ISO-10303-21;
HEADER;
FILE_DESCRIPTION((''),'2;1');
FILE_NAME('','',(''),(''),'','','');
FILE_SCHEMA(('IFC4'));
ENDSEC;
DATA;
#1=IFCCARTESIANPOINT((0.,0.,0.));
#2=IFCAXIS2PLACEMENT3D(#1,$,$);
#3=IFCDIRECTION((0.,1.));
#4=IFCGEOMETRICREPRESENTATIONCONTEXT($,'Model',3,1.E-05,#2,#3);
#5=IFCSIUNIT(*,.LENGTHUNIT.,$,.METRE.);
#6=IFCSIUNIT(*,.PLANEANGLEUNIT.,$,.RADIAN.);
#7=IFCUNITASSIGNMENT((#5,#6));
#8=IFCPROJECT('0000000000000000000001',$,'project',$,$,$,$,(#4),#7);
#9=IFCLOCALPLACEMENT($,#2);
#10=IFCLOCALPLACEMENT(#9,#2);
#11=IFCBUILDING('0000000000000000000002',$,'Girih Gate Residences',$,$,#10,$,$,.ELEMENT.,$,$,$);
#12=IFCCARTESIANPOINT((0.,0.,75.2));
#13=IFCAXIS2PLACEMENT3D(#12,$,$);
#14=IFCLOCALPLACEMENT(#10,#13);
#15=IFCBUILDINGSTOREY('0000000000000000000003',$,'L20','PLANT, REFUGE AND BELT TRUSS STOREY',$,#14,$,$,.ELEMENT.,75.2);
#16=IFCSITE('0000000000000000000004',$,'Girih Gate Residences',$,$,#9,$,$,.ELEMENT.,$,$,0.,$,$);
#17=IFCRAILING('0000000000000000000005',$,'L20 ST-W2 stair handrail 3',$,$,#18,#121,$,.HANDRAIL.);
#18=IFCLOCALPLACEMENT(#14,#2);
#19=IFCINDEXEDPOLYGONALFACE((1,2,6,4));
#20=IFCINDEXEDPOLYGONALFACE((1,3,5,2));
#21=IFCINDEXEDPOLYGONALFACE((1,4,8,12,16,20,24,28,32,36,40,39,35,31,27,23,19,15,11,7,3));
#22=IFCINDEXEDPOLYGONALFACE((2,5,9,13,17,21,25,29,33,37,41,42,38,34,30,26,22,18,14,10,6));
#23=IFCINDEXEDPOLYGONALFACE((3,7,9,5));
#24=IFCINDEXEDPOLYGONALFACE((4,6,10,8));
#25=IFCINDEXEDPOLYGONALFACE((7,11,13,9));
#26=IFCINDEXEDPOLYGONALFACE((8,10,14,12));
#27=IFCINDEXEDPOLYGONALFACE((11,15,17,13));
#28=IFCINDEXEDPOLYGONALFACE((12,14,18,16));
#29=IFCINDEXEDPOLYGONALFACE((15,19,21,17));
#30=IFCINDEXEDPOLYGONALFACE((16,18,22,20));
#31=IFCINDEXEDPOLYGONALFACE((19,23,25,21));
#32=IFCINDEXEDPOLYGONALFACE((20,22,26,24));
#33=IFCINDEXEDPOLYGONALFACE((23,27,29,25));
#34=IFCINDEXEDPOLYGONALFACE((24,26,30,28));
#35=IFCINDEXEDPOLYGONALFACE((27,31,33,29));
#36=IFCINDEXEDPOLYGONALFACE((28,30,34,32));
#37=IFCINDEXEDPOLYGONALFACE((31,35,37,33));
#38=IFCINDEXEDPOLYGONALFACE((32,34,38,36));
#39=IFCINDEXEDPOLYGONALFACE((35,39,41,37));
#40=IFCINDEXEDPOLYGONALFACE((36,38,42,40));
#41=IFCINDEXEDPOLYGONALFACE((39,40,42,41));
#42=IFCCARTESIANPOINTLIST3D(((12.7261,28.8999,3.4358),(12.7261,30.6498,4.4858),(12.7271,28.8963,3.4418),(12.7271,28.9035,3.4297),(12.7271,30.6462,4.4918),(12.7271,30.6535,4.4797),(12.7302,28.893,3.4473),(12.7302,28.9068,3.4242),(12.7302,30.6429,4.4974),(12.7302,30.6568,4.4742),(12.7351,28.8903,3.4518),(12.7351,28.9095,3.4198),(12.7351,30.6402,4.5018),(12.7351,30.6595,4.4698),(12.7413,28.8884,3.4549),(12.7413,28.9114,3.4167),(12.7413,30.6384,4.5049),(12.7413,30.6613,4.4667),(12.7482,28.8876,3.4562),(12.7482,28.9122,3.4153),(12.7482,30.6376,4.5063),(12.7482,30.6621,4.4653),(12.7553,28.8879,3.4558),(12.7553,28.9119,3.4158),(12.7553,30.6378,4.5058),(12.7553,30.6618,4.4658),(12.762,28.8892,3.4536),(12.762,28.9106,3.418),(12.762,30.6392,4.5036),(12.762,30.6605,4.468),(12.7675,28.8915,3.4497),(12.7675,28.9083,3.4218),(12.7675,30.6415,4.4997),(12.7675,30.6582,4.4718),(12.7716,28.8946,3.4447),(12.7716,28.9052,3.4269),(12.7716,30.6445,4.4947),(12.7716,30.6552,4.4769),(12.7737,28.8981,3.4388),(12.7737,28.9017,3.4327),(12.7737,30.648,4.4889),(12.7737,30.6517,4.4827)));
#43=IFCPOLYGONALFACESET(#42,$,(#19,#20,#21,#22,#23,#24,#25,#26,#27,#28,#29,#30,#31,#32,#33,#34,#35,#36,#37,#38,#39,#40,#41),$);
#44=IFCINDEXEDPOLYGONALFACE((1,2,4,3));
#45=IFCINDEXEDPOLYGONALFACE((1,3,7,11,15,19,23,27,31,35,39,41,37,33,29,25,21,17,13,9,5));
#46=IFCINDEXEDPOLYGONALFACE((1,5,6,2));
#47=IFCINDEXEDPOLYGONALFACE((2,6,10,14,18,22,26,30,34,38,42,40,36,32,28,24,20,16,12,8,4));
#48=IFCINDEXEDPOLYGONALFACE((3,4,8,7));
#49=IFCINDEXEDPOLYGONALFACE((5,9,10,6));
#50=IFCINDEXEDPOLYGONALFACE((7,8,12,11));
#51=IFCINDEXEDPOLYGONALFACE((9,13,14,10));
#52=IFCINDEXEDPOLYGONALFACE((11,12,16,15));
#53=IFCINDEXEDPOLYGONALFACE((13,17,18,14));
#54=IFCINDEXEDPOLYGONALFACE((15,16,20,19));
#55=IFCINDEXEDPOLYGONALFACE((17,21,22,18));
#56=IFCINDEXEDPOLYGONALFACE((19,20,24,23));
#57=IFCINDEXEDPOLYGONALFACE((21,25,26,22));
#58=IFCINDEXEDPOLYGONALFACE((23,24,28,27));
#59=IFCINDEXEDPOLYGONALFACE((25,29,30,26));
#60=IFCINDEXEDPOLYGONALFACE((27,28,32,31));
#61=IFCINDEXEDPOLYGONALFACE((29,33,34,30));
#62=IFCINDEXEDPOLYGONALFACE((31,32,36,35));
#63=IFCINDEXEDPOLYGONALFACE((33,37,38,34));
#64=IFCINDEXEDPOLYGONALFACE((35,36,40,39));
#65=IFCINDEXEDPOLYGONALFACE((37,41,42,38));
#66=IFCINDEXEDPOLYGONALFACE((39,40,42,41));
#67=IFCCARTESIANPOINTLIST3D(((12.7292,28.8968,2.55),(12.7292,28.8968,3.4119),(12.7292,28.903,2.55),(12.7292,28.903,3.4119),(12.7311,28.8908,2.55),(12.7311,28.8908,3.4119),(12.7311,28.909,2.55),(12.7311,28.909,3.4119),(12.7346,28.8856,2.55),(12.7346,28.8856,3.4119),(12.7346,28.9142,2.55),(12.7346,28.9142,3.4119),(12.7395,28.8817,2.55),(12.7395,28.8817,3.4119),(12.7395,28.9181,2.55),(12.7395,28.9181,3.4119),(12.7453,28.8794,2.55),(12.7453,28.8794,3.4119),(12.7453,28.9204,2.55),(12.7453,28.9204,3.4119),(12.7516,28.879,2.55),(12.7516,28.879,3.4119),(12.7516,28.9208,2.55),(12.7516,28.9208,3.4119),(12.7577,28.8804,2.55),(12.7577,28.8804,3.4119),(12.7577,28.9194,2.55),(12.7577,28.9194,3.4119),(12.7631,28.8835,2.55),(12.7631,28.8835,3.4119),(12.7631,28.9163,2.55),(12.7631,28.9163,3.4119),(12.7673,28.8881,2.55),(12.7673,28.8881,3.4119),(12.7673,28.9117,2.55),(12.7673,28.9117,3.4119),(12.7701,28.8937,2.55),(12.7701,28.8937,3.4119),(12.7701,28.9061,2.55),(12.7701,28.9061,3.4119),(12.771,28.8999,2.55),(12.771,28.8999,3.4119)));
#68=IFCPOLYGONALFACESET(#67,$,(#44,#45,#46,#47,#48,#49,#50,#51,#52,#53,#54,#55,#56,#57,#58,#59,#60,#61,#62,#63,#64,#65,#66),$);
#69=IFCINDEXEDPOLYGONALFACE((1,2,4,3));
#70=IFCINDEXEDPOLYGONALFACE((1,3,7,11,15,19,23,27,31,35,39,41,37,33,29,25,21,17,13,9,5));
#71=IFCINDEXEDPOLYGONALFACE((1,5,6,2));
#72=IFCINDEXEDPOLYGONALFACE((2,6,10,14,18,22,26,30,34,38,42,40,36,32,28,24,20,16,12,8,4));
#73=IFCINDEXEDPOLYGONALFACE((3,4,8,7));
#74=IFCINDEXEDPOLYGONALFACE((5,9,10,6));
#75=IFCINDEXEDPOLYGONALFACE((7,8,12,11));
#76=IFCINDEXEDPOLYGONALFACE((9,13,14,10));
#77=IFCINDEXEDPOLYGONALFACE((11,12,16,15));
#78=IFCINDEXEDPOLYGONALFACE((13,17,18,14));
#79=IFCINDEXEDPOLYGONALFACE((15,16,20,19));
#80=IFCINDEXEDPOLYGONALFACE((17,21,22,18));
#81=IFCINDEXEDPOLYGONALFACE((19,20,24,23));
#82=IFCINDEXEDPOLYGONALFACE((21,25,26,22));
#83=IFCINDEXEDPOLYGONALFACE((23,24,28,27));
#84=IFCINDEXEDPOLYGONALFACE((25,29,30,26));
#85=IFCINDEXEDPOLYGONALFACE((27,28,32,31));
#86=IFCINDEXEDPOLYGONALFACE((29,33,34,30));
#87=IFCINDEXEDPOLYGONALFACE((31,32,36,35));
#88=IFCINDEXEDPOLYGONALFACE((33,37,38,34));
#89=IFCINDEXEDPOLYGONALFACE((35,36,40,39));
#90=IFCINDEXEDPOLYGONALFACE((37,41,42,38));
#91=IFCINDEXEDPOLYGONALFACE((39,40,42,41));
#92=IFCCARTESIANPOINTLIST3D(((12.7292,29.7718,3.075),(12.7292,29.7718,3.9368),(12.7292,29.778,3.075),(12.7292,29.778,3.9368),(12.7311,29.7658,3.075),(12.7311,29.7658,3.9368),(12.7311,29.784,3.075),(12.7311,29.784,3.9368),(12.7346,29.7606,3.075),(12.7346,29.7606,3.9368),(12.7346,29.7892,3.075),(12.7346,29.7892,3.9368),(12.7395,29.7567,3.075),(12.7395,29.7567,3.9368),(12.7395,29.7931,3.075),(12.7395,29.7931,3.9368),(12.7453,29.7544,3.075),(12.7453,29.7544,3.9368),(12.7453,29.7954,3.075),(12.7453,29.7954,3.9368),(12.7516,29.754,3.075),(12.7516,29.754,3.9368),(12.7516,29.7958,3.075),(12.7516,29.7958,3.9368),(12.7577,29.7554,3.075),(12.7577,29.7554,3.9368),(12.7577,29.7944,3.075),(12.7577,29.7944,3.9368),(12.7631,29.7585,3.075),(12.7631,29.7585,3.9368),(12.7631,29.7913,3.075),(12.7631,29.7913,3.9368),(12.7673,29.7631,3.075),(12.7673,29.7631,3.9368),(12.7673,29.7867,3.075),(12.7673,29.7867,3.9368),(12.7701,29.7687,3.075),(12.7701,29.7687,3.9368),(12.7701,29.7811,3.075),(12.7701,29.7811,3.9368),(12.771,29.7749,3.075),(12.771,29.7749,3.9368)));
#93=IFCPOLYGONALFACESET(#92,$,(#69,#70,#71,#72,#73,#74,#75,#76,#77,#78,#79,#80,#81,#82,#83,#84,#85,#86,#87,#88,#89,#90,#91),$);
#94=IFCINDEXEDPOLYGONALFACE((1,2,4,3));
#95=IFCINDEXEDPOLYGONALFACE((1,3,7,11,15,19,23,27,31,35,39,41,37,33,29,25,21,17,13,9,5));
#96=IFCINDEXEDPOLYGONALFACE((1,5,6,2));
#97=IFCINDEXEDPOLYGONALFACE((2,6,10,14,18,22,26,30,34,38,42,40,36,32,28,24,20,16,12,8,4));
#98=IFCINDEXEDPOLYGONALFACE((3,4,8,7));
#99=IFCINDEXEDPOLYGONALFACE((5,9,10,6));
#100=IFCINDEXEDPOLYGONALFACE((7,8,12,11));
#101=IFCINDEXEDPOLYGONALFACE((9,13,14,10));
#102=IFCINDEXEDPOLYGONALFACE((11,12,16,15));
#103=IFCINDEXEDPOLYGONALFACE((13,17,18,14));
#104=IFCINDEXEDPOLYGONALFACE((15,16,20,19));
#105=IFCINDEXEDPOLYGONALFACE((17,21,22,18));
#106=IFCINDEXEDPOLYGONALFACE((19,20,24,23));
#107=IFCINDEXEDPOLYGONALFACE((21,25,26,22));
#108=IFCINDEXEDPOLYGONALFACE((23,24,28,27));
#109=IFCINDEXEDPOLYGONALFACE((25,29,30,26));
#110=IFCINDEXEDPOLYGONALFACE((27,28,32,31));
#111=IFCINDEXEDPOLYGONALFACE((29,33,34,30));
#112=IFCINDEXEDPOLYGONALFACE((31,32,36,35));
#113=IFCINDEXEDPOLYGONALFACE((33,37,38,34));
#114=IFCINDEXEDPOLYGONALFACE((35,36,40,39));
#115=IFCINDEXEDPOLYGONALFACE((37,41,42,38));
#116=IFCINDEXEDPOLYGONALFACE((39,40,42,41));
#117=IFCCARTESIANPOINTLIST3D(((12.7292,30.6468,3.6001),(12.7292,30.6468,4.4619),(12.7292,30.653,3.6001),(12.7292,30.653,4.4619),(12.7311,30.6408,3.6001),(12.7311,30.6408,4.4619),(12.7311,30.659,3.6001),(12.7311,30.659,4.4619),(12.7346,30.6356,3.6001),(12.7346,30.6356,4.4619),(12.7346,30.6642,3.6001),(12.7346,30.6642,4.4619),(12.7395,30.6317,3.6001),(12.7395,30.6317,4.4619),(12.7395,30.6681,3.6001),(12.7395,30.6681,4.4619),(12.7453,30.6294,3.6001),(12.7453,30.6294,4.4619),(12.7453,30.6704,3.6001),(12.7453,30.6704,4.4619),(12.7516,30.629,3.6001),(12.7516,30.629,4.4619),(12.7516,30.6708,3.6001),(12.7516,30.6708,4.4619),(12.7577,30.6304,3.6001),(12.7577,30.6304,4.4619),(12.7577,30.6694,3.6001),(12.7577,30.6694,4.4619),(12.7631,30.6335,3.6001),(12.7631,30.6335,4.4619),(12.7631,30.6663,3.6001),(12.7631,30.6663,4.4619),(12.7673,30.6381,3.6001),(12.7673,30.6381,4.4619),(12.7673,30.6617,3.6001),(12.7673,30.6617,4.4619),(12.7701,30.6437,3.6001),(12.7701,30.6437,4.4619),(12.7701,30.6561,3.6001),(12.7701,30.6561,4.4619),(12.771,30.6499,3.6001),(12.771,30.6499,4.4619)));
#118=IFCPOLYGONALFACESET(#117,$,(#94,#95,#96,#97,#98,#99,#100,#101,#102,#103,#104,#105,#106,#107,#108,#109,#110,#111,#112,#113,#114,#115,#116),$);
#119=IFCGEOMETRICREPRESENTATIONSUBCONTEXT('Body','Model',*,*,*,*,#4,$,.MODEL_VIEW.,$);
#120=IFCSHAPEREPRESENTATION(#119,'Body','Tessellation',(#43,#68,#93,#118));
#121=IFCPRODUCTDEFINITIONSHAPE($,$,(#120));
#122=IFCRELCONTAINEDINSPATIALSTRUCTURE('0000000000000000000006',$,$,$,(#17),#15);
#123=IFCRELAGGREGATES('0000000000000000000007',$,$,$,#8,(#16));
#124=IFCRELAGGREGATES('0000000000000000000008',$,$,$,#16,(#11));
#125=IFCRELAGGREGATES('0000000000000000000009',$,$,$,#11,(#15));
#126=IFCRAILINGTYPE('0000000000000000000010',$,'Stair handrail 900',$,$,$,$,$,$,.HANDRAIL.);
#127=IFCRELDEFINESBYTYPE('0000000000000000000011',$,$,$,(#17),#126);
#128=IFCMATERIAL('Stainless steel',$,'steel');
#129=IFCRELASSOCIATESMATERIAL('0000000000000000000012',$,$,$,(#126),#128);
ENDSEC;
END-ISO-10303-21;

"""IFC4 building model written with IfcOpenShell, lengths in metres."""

from ifc_helpers import new_model, si_unit, direction, frame, origin, origin_2d, place, context, subcontext, project, spatial, circle, extrude, material, type_object, element, save


model = new_model("IFC4")

# Units and contexts
model_context = context("Model", 3, precision=1e-05, world=origin(), true_north=direction((0.0, 1.0)))
body_context = subcontext(model_context, "Body", "Model", "MODEL_VIEW")
ifc_project = project(units=[si_unit("LENGTHUNIT", "METRE"), si_unit("PLANEANGLEUNIT", "RADIAN")], contexts=[model_context])

# Site, building, storey
site_placement = place(None, origin())
site = spatial("IfcSite", under=ifc_project, at=site_placement, Name="Girih Gate Residences", CompositionType="ELEMENT", RefElevation=0.0)
building_placement = place(site_placement, origin())
building = spatial("IfcBuilding", under=site, at=building_placement, Name="Girih Gate Residences", CompositionType="ELEMENT")
storey_placement = place(building_placement, frame((0.0, 0.0, 75.2)))
storey = spatial("IfcBuildingStorey", under=building, at=storey_placement, Name="L20", Description="PLANT, REFUGE AND BELT TRUSS STOREY", CompositionType="ELEMENT", Elevation=75.2)

# Railing
ifc_material_1 = material(Name="Stainless steel", Category="steel")
railing_type_1 = type_object("IfcRailingType", Name="Stair handrail 900", PredefinedType="HANDRAIL", material=ifc_material_1)
railing_1_placement = place(storey_placement, frame((12.75, 28.8999, 2.55)))
element("IfcRailing", 1, at=railing_1_placement, inside=storey, type_object=railing_type_1, Name="L20 ST-W2 stair handrail 3", PredefinedType="HANDRAIL", context=body_context, shape_type="SweptSolid", body=[
    extrude(circle(Radius=0.0239, at=origin_2d()), frame((0.0, 0.0, 0.8857), z_axis=(0.0, 0.857482, 0.514513), x_axis=(-1.0, 0.0, 0.0)), (0.0, 0.0, 1.0), 2.0408),
    extrude(circle(Radius=0.021, at=origin_2d()), origin(), (0.0, 0.0, 1.0), 0.8618),
    extrude(circle(Radius=0.021, at=origin_2d()), frame((0.0, 0.875, 0.5249)), (0.0, 0.0, 1.0), 0.8618),
    extrude(circle(Radius=0.021, at=origin_2d()), frame((0.0, 1.75, 1.05)), (0.0, 0.0, 1.0), 0.8618),
])

save(model, "model.ifc")
